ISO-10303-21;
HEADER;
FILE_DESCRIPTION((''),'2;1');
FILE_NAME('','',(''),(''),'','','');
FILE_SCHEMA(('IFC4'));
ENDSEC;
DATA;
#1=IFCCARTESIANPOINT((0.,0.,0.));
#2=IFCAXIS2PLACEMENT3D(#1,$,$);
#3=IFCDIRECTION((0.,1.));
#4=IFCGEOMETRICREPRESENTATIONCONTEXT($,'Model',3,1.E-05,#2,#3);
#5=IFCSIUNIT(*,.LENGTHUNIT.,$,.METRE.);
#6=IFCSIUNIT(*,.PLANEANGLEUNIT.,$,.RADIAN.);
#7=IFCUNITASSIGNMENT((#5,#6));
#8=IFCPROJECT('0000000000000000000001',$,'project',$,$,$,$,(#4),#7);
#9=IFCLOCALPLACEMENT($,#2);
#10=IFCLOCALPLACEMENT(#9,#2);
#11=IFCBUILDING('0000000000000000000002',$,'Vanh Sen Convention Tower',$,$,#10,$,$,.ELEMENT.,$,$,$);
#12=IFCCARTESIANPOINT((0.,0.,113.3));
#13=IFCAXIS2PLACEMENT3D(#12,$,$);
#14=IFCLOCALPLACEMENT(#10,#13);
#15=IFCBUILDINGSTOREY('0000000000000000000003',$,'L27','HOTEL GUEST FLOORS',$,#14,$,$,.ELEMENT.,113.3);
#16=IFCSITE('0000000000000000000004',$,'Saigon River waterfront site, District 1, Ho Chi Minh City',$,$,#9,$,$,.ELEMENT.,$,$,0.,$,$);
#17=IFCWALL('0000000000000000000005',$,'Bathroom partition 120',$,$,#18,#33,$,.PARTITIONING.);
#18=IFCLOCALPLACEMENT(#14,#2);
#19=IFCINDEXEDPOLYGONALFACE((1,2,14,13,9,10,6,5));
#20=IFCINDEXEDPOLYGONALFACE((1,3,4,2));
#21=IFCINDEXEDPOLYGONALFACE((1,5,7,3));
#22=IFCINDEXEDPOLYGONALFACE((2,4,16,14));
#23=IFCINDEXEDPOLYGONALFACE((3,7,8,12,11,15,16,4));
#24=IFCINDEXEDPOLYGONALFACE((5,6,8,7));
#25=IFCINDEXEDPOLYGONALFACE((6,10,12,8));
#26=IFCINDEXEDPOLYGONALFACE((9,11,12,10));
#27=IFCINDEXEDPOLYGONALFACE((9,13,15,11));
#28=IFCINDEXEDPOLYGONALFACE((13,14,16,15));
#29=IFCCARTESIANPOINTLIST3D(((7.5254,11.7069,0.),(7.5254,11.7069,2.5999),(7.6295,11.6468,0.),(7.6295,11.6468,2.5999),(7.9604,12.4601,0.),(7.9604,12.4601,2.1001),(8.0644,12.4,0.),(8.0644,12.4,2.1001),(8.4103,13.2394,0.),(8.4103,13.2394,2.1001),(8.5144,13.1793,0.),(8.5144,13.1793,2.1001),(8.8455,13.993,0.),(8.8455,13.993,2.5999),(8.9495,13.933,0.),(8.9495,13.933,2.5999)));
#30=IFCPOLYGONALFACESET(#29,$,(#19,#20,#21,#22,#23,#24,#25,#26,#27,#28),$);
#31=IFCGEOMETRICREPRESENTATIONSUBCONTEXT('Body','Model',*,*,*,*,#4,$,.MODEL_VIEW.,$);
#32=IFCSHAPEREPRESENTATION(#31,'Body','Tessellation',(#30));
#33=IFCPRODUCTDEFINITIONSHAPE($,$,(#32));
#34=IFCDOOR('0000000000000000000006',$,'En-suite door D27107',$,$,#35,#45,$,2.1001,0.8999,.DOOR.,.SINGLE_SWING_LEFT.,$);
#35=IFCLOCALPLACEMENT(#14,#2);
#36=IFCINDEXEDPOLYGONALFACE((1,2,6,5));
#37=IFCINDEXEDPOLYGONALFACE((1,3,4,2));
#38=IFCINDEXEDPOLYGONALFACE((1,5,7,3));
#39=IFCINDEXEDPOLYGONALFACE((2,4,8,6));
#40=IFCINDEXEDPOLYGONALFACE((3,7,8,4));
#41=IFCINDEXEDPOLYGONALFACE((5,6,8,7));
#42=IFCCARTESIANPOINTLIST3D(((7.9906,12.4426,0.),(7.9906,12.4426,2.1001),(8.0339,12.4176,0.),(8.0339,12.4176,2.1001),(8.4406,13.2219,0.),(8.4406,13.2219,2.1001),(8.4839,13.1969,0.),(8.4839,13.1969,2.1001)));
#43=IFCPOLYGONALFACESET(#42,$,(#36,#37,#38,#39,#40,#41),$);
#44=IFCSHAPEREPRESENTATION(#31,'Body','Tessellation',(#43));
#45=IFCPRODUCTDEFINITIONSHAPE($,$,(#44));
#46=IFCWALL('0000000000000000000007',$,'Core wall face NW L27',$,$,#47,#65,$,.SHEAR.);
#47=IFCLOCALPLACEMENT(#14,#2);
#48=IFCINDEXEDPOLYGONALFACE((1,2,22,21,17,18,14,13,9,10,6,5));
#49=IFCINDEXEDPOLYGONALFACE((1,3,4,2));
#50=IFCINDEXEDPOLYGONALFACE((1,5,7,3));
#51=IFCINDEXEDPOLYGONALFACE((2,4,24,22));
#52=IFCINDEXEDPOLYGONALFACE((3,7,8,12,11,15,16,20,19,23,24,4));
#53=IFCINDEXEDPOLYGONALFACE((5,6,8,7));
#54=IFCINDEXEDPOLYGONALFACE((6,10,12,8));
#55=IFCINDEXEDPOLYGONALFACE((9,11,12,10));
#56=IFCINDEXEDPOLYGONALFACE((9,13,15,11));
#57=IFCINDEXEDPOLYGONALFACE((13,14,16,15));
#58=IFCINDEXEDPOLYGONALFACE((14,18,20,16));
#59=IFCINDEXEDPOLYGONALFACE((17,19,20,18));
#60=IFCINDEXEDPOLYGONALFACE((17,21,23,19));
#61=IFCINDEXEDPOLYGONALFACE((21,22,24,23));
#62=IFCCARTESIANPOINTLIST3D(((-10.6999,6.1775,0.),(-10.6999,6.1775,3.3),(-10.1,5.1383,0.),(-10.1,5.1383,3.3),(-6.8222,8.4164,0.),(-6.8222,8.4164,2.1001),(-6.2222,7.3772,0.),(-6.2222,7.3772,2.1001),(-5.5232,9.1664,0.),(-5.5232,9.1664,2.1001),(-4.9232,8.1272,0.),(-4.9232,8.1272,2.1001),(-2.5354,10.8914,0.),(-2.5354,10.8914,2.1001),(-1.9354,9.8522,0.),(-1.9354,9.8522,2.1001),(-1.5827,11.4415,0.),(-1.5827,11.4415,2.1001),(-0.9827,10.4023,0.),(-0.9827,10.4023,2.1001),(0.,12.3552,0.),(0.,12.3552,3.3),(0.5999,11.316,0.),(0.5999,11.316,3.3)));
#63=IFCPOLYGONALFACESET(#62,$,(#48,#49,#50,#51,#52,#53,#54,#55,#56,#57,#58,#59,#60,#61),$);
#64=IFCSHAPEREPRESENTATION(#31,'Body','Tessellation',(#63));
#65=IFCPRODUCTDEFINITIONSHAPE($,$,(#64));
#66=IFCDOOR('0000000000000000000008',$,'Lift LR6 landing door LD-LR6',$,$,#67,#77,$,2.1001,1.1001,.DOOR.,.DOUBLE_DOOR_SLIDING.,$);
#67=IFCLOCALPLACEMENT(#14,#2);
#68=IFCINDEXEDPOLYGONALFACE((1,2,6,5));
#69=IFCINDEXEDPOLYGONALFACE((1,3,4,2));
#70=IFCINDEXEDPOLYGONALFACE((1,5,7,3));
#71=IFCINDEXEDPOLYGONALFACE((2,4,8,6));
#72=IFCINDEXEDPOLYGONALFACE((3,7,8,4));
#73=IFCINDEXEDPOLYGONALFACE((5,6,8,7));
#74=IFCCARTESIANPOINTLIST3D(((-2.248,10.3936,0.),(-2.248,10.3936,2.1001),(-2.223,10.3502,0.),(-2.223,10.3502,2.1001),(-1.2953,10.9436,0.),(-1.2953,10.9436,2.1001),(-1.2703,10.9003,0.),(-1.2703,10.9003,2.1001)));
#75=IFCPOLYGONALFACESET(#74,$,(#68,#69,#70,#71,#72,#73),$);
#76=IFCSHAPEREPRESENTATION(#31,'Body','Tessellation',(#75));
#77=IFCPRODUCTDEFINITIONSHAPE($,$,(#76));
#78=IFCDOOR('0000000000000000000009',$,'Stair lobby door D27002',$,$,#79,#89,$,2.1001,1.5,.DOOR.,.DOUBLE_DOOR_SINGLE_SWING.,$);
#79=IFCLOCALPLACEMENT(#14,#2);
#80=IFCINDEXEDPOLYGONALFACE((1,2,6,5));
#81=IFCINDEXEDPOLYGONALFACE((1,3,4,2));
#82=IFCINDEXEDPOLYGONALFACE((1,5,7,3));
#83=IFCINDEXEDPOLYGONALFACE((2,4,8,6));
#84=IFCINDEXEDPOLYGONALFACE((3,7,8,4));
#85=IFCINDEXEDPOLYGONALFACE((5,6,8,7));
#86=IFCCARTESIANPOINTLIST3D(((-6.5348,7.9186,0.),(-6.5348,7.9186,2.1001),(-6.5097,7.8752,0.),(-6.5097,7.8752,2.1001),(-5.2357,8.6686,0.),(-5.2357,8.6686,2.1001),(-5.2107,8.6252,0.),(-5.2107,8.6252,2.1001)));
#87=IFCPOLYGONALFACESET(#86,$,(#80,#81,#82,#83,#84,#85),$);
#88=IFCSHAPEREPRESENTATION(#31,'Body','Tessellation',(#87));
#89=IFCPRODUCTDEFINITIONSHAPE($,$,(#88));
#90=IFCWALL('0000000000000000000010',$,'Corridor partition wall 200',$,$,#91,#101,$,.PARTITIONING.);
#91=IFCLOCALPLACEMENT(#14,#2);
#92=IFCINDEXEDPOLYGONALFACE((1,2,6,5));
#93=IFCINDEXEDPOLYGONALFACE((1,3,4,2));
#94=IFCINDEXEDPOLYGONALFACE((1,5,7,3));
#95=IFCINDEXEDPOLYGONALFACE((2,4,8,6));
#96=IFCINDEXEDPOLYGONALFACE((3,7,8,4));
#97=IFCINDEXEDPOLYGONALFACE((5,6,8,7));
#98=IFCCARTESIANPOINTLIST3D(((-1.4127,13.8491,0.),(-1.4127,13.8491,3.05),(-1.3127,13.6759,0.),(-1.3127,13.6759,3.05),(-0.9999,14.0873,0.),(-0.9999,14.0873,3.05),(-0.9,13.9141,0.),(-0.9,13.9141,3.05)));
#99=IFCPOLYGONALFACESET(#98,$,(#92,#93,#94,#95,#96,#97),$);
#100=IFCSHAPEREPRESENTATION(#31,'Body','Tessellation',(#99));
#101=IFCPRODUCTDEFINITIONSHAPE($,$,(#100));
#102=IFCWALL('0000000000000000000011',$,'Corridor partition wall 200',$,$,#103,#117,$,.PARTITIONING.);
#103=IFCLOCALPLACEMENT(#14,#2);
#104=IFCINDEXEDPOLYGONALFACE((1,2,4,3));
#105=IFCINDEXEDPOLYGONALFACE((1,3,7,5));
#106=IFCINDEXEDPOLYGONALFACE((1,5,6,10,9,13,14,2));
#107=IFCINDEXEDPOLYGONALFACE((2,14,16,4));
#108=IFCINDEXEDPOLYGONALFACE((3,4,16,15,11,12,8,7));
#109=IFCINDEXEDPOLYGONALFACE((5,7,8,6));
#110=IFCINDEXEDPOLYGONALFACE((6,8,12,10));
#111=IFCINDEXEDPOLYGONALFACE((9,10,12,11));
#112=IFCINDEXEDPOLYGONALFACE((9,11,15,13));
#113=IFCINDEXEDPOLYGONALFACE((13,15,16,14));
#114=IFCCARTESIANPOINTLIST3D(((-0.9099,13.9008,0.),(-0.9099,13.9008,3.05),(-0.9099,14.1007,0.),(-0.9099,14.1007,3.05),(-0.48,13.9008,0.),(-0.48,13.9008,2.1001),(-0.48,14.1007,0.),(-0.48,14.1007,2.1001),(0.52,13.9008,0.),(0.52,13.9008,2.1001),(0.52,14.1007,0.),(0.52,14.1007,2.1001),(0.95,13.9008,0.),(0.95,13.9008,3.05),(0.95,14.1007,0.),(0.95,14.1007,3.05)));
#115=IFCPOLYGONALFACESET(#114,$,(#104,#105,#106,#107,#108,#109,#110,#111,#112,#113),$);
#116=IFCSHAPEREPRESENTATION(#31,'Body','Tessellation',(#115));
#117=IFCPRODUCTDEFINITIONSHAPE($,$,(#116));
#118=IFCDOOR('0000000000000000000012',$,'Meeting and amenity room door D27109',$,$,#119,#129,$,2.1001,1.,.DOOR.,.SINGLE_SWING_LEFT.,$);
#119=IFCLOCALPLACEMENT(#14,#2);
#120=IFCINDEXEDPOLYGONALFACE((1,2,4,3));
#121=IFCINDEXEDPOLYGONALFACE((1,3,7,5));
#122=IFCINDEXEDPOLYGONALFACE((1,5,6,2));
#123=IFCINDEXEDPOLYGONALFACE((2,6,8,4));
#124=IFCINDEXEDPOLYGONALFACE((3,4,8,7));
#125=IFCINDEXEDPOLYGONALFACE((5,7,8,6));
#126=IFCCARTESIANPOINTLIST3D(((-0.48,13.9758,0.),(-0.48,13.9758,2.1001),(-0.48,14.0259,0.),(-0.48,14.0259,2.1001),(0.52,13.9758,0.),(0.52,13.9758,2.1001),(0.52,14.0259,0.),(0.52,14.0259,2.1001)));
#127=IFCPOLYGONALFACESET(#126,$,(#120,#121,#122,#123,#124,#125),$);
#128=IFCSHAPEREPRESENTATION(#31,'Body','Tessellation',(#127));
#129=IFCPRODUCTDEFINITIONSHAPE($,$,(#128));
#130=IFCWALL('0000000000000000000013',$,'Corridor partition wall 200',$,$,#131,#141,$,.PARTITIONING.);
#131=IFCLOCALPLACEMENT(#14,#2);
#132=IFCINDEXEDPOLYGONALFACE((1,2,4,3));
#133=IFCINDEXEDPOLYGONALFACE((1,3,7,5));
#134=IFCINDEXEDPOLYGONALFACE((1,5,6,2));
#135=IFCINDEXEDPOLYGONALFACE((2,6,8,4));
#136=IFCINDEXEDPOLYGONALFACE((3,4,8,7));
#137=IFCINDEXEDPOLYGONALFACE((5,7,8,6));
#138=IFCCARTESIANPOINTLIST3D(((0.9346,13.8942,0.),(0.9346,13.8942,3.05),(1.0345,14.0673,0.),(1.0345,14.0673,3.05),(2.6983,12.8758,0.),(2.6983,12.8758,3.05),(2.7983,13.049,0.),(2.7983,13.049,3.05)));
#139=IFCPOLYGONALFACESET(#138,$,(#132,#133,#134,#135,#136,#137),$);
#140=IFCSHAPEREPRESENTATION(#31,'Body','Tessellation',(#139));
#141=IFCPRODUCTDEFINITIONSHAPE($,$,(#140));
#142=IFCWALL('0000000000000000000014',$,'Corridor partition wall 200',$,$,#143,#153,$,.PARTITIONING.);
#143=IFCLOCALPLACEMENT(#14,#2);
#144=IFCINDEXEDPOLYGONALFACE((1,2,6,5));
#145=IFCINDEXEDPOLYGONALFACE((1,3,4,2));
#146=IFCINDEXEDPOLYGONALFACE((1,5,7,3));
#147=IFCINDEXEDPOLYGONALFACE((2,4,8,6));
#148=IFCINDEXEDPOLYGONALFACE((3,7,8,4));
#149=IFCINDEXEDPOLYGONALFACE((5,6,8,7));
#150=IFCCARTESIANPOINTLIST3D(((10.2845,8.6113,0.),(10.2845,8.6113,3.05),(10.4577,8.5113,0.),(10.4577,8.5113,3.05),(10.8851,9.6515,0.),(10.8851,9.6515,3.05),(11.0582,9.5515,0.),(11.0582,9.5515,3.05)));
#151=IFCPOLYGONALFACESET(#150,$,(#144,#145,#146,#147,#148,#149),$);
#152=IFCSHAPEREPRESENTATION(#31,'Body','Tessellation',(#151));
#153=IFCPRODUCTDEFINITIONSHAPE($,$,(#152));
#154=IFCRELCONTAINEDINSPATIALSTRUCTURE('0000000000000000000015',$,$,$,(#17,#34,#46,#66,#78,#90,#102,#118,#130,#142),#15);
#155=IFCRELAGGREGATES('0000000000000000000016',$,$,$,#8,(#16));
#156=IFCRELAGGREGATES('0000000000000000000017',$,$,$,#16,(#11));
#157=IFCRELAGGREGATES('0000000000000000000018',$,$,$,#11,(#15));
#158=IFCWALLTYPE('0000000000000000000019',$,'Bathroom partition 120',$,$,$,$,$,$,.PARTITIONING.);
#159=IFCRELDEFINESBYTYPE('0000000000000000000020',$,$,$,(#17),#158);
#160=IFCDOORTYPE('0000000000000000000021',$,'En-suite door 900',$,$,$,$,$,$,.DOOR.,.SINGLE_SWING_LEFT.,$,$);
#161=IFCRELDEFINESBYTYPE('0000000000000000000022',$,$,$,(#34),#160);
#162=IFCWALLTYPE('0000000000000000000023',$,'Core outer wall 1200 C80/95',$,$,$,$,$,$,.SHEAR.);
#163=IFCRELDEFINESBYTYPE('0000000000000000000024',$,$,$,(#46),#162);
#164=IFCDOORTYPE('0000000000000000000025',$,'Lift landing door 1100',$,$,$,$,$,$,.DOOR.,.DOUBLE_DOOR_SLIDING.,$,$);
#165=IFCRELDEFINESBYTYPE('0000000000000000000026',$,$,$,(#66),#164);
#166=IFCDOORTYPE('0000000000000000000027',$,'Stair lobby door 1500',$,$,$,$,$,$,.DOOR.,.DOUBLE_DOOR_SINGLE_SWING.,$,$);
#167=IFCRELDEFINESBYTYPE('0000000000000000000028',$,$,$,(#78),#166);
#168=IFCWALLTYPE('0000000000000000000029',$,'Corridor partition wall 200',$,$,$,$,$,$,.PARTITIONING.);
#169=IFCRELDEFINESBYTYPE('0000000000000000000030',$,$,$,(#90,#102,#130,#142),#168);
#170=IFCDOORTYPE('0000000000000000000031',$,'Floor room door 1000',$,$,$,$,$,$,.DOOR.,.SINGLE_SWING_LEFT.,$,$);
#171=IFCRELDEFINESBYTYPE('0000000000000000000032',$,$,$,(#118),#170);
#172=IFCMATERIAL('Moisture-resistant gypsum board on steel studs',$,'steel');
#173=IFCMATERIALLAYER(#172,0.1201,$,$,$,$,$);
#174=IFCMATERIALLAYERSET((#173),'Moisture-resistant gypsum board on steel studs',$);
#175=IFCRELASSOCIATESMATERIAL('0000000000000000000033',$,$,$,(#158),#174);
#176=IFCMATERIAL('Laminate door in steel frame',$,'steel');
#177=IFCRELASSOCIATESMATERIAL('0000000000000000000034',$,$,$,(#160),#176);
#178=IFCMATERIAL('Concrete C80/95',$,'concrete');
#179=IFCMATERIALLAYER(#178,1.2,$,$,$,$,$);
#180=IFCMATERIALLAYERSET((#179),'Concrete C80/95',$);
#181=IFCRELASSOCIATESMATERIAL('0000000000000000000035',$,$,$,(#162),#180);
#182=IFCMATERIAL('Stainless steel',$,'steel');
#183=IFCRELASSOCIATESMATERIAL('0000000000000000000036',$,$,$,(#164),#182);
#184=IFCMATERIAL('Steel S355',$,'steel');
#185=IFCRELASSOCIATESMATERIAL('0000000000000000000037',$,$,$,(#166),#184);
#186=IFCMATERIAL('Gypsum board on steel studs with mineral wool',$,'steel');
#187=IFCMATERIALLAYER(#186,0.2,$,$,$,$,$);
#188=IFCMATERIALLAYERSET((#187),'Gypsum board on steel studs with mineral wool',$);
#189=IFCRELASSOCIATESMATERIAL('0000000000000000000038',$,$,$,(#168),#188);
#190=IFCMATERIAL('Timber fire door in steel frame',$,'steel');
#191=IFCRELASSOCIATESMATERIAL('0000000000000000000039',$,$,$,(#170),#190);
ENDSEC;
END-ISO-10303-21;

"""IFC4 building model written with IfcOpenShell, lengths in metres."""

from ifc_helpers import new_model, si_unit, direction, frame, frame_2d, origin, place, context, subcontext, project, spatial, rectangle, extrude, material, layer, layer_set, type_object, element, fill, save


model = new_model("IFC4")

# Units and contexts
model_context = context("Model", 3, precision=1e-05, world=origin(), true_north=direction((0.0, 1.0)))
body_context = subcontext(model_context, "Body", "Model", "MODEL_VIEW")
ifc_project = project(units=[si_unit("LENGTHUNIT", "METRE"), si_unit("PLANEANGLEUNIT", "RADIAN")], contexts=[model_context])

# Site, building, storey
site_placement = place(None, origin())
site = spatial("IfcSite", under=ifc_project, at=site_placement, Name="Saigon River waterfront site, District 1, Ho Chi Minh City", CompositionType="ELEMENT", RefElevation=0.0)
building_placement = place(site_placement, origin())
building = spatial("IfcBuilding", under=site, at=building_placement, Name="Vanh Sen Convention Tower", CompositionType="ELEMENT")
storey_placement = place(building_placement, frame((0.0, 0.0, 113.3)))
storey = spatial("IfcBuildingStorey", under=building, at=storey_placement, Name="L27", Description="HOTEL GUEST FLOORS", CompositionType="ELEMENT", Elevation=113.3)

# Wall, opening, door
ifc_material_1 = material(Name="Moisture-resistant gypsum board on steel studs", Category="steel")
ifc_layer_1 = layer(ifc_material_1, 0.1201)
ifc_layer_set_1 = layer_set([ifc_layer_1], Name="Moisture-resistant gypsum board on steel studs")
wall_type_1 = type_object("IfcWallType", Name="Bathroom partition 120", PredefinedType="PARTITIONING", material=ifc_layer_set_1)
wall_1_placement = place(storey_placement, frame((8.8975, 13.9629, 0.0), z_axis=(0.0, 0.0, 1.0), x_axis=(-0.500048, -0.865998, 0.0)))
wall_1 = element("IfcWall", 1, at=wall_1_placement, inside=storey, type_object=wall_type_1, Name="Bathroom partition 120", PredefinedType="PARTITIONING", context=body_context, shape_type="SweptSolid", body=[
    extrude(rectangle(XDim=2.6399, YDim=0.1201, at=frame_2d((1.3198, 0.0))), origin(), (0.0, 0.0, 1.0), 2.5999),
])
opening_1_placement = place(wall_1_placement, frame((0.8701, 0.0, 0.0)))
opening_1 = element("IfcOpeningElement", 2, at=opening_1_placement, cuts=wall_1, PredefinedType="OPENING", context=body_context, shape_type="SweptSolid", body=[
    extrude(rectangle(XDim=0.8999, YDim=2.1001, at=frame_2d((0.45, 1.05))), frame((0.0, 0.0701, 0.0), z_axis=(0.0, -1.0, 0.0), x_axis=(1.0, 0.0, 0.0)), (0.0, 0.0, 1.0), 0.1401),
])
ifc_material_2 = material(Name="Laminate door in steel frame", Category="steel")
door_type_1 = type_object("IfcDoorType", Name="En-suite door 900", OperationType="SINGLE_SWING_LEFT", PredefinedType="DOOR", material=ifc_material_2)
door_1_placement = place(opening_1_placement, origin())
door_1 = element("IfcDoor", 3, at=door_1_placement, inside=storey, type_object=door_type_1, Name="En-suite door D27107", OperationType="SINGLE_SWING_LEFT", OverallHeight=2.1001, OverallWidth=0.8999, PredefinedType="DOOR", context=body_context, shape_type="SweptSolid", body=[
    extrude(rectangle(XDim=0.8999, YDim=2.1001, at=frame_2d((0.45, 1.05))), frame((0.0, 0.0249, 0.0), z_axis=(0.0, -1.0, 0.0), x_axis=(1.0, 0.0, 0.0)), (0.0, 0.0, 1.0), 0.05),
])
fill(opening_1, door_1)

# Wall, openings, doors
ifc_material_3 = material(Name="Concrete C80/95", Category="concrete")
ifc_layer_2 = layer(ifc_material_3, 1.2)
ifc_layer_set_2 = layer_set([ifc_layer_2], Name="Concrete C80/95")
wall_type_2 = type_object("IfcWallType", Name="Core outer wall 1200 C80/95", PredefinedType="SHEAR", material=ifc_layer_set_2)
wall_2_placement = place(storey_placement, frame((0.3, 11.8357, 0.0), z_axis=(0.0, 0.0, 1.0), x_axis=(-0.866021, -0.500007, 0.0)))
wall_2 = element("IfcWall", 4, at=wall_2_placement, inside=storey, type_object=wall_type_2, Name="Core wall face NW L27", PredefinedType="SHEAR", context=body_context, shape_type="SweptSolid", body=[
    extrude(rectangle(XDim=12.3552, YDim=1.2, at=frame_2d((6.1777, 0.0))), origin(), (0.0, 0.0, 1.0), 3.3),
])
opening_2_placement = place(wall_2_placement, frame((6.3777, 0.0, 0.0)))
opening_2 = element("IfcOpeningElement", 5, at=opening_2_placement, cuts=wall_2, PredefinedType="OPENING", context=body_context, shape_type="SweptSolid", body=[
    extrude(rectangle(XDim=1.5, YDim=2.1001, at=frame_2d((0.75, 1.05))), frame((0.0, 0.6099, 0.0), z_axis=(0.0, -1.0, 0.0), x_axis=(1.0, 0.0, 0.0)), (0.0, 0.0, 1.0), 1.22),
])
opening_3_placement = place(wall_2_placement, frame((1.8276, 0.0, 0.0)))
opening_3 = element("IfcOpeningElement", 6, at=opening_3_placement, cuts=wall_2, PredefinedType="OPENING", context=body_context, shape_type="SweptSolid", body=[
    extrude(rectangle(XDim=1.1001, YDim=2.1001, at=frame_2d((0.55, 1.05))), frame((0.0, 0.6099, 0.0), z_axis=(0.0, -1.0, 0.0), x_axis=(1.0, 0.0, 0.0)), (0.0, 0.0, 1.0), 1.22),
])
ifc_material_4 = material(Name="Stainless steel", Category="steel")
door_type_2 = type_object("IfcDoorType", Name="Lift landing door 1100", OperationType="DOUBLE_DOOR_SLIDING", PredefinedType="DOOR", material=ifc_material_4)
door_2_placement = place(opening_3_placement, origin())
door_2 = element("IfcDoor", 7, at=door_2_placement, inside=storey, type_object=door_type_2, Name="Lift LR6 landing door LD-LR6", OperationType="DOUBLE_DOOR_SLIDING", OverallHeight=2.1001, OverallWidth=1.1001, PredefinedType="DOOR", context=body_context, shape_type="SweptSolid", body=[
    extrude(rectangle(XDim=1.1001, YDim=2.1001, at=frame_2d((0.55, 1.05))), frame((0.0, 0.0249, 0.0), z_axis=(0.0, -1.0, 0.0), x_axis=(1.0, 0.0, 0.0)), (0.0, 0.0, 1.0), 0.05),
])
fill(opening_3, door_2)
ifc_material_5 = material(Name="Steel S355", Category="steel")
door_type_3 = type_object("IfcDoorType", Name="Stair lobby door 1500", OperationType="DOUBLE_DOOR_SINGLE_SWING", PredefinedType="DOOR", material=ifc_material_5)
door_3_placement = place(opening_2_placement, origin())
door_3 = element("IfcDoor", 8, at=door_3_placement, inside=storey, type_object=door_type_3, Name="Stair lobby door D27002", OperationType="DOUBLE_DOOR_SINGLE_SWING", OverallHeight=2.1001, OverallWidth=1.5, PredefinedType="DOOR", context=body_context, shape_type="SweptSolid", body=[
    extrude(rectangle(XDim=1.5, YDim=2.1001, at=frame_2d((0.75, 1.05))), frame((0.0, 0.0249, 0.0), z_axis=(0.0, -1.0, 0.0), x_axis=(1.0, 0.0, 0.0)), (0.0, 0.0, 1.0), 0.05),
])
fill(opening_2, door_3)

# Wall
ifc_material_6 = material(Name="Gypsum board on steel studs with mineral wool", Category="steel")
ifc_layer_3 = layer(ifc_material_6, 0.2)
ifc_layer_set_3 = layer_set([ifc_layer_3], Name="Gypsum board on steel studs with mineral wool")
wall_type_3 = type_object("IfcWallType", Name="Corridor partition wall 200", PredefinedType="PARTITIONING", material=ifc_layer_set_3)
wall_3_placement = place(storey_placement, frame((-0.95, 14.0007, 0.0), z_axis=(0.0, 0.0, 1.0), x_axis=(-0.866092, -0.499885, 0.0)))
element("IfcWall", 9, at=wall_3_placement, inside=storey, type_object=wall_type_3, Name="Corridor partition wall 200", PredefinedType="PARTITIONING", context=body_context, shape_type="SweptSolid", body=[
    extrude(rectangle(XDim=0.4766, YDim=0.2, at=frame_2d((0.2383, 0.0))), origin(), (0.0, 0.0, 1.0), 3.05),
])

# Wall, opening, door
wall_4_placement = place(storey_placement, frame((0.95, 14.0007, 0.0), z_axis=(0.0, 0.0, 1.0), x_axis=(-1.0, 0.0, 0.0)))
wall_4 = element("IfcWall", 10, at=wall_4_placement, inside=storey, type_object=wall_type_3, Name="Corridor partition wall 200", PredefinedType="PARTITIONING", context=body_context, shape_type="SweptSolid", body=[
    extrude(rectangle(XDim=1.8599, YDim=0.2, at=frame_2d((0.9299, 0.0))), origin(), (0.0, 0.0, 1.0), 3.05),
])
opening_4_placement = place(wall_4_placement, frame((0.4299, 0.0, 0.0)))
opening_4 = element("IfcOpeningElement", 11, at=opening_4_placement, cuts=wall_4, PredefinedType="OPENING", context=body_context, shape_type="SweptSolid", body=[
    extrude(rectangle(XDim=1.0, YDim=2.1001, at=frame_2d((0.5, 1.05))), frame((0.0, 0.1099, 0.0), z_axis=(0.0, -1.0, 0.0), x_axis=(1.0, 0.0, 0.0)), (0.0, 0.0, 1.0), 0.22),
])
ifc_material_7 = material(Name="Timber fire door in steel frame", Category="steel")
door_type_4 = type_object("IfcDoorType", Name="Floor room door 1000", OperationType="SINGLE_SWING_LEFT", PredefinedType="DOOR", material=ifc_material_7)
door_4_placement = place(opening_4_placement, origin())
door_4 = element("IfcDoor", 12, at=door_4_placement, inside=storey, type_object=door_type_4, Name="Meeting and amenity room door D27109", OperationType="SINGLE_SWING_LEFT", OverallHeight=2.1001, OverallWidth=1.0, PredefinedType="DOOR", context=body_context, shape_type="SweptSolid", body=[
    extrude(rectangle(XDim=1.0, YDim=2.1001, at=frame_2d((0.5, 1.05))), frame((0.0, 0.0249, 0.0), z_axis=(0.0, -1.0, 0.0), x_axis=(1.0, 0.0, 0.0)), (0.0, 0.0, 1.0), 0.05),
])
fill(opening_4, door_4)

# Walls
wall_5_placement = place(storey_placement, frame((2.7483, 12.9624, 0.0), z_axis=(0.0, 0.0, 1.0), x_axis=(-0.866014, 0.50002, 0.0)))
element("IfcWall", 13, at=wall_5_placement, inside=storey, type_object=wall_type_3, Name="Corridor partition wall 200", PredefinedType="PARTITIONING", context=body_context, shape_type="SweptSolid", body=[
    extrude(rectangle(XDim=2.0366, YDim=0.2, at=frame_2d((1.0183, 0.0))), origin(), (0.0, 0.0, 1.0), 3.05),
])
wall_6_placement = place(storey_placement, frame((10.3711, 8.5613, 0.0), z_axis=(0.0, 0.0, 1.0), x_axis=(0.499986, 0.866033, 0.0)))
element("IfcWall", 14, at=wall_6_placement, inside=storey, type_object=wall_type_3, Name="Corridor partition wall 200", PredefinedType="PARTITIONING", context=body_context, shape_type="SweptSolid", body=[
    extrude(rectangle(XDim=1.2012, YDim=0.2, at=frame_2d((0.6006, 0.0))), origin(), (0.0, 0.0, 1.0), 3.05),
])

save(model, "model.ifc")
